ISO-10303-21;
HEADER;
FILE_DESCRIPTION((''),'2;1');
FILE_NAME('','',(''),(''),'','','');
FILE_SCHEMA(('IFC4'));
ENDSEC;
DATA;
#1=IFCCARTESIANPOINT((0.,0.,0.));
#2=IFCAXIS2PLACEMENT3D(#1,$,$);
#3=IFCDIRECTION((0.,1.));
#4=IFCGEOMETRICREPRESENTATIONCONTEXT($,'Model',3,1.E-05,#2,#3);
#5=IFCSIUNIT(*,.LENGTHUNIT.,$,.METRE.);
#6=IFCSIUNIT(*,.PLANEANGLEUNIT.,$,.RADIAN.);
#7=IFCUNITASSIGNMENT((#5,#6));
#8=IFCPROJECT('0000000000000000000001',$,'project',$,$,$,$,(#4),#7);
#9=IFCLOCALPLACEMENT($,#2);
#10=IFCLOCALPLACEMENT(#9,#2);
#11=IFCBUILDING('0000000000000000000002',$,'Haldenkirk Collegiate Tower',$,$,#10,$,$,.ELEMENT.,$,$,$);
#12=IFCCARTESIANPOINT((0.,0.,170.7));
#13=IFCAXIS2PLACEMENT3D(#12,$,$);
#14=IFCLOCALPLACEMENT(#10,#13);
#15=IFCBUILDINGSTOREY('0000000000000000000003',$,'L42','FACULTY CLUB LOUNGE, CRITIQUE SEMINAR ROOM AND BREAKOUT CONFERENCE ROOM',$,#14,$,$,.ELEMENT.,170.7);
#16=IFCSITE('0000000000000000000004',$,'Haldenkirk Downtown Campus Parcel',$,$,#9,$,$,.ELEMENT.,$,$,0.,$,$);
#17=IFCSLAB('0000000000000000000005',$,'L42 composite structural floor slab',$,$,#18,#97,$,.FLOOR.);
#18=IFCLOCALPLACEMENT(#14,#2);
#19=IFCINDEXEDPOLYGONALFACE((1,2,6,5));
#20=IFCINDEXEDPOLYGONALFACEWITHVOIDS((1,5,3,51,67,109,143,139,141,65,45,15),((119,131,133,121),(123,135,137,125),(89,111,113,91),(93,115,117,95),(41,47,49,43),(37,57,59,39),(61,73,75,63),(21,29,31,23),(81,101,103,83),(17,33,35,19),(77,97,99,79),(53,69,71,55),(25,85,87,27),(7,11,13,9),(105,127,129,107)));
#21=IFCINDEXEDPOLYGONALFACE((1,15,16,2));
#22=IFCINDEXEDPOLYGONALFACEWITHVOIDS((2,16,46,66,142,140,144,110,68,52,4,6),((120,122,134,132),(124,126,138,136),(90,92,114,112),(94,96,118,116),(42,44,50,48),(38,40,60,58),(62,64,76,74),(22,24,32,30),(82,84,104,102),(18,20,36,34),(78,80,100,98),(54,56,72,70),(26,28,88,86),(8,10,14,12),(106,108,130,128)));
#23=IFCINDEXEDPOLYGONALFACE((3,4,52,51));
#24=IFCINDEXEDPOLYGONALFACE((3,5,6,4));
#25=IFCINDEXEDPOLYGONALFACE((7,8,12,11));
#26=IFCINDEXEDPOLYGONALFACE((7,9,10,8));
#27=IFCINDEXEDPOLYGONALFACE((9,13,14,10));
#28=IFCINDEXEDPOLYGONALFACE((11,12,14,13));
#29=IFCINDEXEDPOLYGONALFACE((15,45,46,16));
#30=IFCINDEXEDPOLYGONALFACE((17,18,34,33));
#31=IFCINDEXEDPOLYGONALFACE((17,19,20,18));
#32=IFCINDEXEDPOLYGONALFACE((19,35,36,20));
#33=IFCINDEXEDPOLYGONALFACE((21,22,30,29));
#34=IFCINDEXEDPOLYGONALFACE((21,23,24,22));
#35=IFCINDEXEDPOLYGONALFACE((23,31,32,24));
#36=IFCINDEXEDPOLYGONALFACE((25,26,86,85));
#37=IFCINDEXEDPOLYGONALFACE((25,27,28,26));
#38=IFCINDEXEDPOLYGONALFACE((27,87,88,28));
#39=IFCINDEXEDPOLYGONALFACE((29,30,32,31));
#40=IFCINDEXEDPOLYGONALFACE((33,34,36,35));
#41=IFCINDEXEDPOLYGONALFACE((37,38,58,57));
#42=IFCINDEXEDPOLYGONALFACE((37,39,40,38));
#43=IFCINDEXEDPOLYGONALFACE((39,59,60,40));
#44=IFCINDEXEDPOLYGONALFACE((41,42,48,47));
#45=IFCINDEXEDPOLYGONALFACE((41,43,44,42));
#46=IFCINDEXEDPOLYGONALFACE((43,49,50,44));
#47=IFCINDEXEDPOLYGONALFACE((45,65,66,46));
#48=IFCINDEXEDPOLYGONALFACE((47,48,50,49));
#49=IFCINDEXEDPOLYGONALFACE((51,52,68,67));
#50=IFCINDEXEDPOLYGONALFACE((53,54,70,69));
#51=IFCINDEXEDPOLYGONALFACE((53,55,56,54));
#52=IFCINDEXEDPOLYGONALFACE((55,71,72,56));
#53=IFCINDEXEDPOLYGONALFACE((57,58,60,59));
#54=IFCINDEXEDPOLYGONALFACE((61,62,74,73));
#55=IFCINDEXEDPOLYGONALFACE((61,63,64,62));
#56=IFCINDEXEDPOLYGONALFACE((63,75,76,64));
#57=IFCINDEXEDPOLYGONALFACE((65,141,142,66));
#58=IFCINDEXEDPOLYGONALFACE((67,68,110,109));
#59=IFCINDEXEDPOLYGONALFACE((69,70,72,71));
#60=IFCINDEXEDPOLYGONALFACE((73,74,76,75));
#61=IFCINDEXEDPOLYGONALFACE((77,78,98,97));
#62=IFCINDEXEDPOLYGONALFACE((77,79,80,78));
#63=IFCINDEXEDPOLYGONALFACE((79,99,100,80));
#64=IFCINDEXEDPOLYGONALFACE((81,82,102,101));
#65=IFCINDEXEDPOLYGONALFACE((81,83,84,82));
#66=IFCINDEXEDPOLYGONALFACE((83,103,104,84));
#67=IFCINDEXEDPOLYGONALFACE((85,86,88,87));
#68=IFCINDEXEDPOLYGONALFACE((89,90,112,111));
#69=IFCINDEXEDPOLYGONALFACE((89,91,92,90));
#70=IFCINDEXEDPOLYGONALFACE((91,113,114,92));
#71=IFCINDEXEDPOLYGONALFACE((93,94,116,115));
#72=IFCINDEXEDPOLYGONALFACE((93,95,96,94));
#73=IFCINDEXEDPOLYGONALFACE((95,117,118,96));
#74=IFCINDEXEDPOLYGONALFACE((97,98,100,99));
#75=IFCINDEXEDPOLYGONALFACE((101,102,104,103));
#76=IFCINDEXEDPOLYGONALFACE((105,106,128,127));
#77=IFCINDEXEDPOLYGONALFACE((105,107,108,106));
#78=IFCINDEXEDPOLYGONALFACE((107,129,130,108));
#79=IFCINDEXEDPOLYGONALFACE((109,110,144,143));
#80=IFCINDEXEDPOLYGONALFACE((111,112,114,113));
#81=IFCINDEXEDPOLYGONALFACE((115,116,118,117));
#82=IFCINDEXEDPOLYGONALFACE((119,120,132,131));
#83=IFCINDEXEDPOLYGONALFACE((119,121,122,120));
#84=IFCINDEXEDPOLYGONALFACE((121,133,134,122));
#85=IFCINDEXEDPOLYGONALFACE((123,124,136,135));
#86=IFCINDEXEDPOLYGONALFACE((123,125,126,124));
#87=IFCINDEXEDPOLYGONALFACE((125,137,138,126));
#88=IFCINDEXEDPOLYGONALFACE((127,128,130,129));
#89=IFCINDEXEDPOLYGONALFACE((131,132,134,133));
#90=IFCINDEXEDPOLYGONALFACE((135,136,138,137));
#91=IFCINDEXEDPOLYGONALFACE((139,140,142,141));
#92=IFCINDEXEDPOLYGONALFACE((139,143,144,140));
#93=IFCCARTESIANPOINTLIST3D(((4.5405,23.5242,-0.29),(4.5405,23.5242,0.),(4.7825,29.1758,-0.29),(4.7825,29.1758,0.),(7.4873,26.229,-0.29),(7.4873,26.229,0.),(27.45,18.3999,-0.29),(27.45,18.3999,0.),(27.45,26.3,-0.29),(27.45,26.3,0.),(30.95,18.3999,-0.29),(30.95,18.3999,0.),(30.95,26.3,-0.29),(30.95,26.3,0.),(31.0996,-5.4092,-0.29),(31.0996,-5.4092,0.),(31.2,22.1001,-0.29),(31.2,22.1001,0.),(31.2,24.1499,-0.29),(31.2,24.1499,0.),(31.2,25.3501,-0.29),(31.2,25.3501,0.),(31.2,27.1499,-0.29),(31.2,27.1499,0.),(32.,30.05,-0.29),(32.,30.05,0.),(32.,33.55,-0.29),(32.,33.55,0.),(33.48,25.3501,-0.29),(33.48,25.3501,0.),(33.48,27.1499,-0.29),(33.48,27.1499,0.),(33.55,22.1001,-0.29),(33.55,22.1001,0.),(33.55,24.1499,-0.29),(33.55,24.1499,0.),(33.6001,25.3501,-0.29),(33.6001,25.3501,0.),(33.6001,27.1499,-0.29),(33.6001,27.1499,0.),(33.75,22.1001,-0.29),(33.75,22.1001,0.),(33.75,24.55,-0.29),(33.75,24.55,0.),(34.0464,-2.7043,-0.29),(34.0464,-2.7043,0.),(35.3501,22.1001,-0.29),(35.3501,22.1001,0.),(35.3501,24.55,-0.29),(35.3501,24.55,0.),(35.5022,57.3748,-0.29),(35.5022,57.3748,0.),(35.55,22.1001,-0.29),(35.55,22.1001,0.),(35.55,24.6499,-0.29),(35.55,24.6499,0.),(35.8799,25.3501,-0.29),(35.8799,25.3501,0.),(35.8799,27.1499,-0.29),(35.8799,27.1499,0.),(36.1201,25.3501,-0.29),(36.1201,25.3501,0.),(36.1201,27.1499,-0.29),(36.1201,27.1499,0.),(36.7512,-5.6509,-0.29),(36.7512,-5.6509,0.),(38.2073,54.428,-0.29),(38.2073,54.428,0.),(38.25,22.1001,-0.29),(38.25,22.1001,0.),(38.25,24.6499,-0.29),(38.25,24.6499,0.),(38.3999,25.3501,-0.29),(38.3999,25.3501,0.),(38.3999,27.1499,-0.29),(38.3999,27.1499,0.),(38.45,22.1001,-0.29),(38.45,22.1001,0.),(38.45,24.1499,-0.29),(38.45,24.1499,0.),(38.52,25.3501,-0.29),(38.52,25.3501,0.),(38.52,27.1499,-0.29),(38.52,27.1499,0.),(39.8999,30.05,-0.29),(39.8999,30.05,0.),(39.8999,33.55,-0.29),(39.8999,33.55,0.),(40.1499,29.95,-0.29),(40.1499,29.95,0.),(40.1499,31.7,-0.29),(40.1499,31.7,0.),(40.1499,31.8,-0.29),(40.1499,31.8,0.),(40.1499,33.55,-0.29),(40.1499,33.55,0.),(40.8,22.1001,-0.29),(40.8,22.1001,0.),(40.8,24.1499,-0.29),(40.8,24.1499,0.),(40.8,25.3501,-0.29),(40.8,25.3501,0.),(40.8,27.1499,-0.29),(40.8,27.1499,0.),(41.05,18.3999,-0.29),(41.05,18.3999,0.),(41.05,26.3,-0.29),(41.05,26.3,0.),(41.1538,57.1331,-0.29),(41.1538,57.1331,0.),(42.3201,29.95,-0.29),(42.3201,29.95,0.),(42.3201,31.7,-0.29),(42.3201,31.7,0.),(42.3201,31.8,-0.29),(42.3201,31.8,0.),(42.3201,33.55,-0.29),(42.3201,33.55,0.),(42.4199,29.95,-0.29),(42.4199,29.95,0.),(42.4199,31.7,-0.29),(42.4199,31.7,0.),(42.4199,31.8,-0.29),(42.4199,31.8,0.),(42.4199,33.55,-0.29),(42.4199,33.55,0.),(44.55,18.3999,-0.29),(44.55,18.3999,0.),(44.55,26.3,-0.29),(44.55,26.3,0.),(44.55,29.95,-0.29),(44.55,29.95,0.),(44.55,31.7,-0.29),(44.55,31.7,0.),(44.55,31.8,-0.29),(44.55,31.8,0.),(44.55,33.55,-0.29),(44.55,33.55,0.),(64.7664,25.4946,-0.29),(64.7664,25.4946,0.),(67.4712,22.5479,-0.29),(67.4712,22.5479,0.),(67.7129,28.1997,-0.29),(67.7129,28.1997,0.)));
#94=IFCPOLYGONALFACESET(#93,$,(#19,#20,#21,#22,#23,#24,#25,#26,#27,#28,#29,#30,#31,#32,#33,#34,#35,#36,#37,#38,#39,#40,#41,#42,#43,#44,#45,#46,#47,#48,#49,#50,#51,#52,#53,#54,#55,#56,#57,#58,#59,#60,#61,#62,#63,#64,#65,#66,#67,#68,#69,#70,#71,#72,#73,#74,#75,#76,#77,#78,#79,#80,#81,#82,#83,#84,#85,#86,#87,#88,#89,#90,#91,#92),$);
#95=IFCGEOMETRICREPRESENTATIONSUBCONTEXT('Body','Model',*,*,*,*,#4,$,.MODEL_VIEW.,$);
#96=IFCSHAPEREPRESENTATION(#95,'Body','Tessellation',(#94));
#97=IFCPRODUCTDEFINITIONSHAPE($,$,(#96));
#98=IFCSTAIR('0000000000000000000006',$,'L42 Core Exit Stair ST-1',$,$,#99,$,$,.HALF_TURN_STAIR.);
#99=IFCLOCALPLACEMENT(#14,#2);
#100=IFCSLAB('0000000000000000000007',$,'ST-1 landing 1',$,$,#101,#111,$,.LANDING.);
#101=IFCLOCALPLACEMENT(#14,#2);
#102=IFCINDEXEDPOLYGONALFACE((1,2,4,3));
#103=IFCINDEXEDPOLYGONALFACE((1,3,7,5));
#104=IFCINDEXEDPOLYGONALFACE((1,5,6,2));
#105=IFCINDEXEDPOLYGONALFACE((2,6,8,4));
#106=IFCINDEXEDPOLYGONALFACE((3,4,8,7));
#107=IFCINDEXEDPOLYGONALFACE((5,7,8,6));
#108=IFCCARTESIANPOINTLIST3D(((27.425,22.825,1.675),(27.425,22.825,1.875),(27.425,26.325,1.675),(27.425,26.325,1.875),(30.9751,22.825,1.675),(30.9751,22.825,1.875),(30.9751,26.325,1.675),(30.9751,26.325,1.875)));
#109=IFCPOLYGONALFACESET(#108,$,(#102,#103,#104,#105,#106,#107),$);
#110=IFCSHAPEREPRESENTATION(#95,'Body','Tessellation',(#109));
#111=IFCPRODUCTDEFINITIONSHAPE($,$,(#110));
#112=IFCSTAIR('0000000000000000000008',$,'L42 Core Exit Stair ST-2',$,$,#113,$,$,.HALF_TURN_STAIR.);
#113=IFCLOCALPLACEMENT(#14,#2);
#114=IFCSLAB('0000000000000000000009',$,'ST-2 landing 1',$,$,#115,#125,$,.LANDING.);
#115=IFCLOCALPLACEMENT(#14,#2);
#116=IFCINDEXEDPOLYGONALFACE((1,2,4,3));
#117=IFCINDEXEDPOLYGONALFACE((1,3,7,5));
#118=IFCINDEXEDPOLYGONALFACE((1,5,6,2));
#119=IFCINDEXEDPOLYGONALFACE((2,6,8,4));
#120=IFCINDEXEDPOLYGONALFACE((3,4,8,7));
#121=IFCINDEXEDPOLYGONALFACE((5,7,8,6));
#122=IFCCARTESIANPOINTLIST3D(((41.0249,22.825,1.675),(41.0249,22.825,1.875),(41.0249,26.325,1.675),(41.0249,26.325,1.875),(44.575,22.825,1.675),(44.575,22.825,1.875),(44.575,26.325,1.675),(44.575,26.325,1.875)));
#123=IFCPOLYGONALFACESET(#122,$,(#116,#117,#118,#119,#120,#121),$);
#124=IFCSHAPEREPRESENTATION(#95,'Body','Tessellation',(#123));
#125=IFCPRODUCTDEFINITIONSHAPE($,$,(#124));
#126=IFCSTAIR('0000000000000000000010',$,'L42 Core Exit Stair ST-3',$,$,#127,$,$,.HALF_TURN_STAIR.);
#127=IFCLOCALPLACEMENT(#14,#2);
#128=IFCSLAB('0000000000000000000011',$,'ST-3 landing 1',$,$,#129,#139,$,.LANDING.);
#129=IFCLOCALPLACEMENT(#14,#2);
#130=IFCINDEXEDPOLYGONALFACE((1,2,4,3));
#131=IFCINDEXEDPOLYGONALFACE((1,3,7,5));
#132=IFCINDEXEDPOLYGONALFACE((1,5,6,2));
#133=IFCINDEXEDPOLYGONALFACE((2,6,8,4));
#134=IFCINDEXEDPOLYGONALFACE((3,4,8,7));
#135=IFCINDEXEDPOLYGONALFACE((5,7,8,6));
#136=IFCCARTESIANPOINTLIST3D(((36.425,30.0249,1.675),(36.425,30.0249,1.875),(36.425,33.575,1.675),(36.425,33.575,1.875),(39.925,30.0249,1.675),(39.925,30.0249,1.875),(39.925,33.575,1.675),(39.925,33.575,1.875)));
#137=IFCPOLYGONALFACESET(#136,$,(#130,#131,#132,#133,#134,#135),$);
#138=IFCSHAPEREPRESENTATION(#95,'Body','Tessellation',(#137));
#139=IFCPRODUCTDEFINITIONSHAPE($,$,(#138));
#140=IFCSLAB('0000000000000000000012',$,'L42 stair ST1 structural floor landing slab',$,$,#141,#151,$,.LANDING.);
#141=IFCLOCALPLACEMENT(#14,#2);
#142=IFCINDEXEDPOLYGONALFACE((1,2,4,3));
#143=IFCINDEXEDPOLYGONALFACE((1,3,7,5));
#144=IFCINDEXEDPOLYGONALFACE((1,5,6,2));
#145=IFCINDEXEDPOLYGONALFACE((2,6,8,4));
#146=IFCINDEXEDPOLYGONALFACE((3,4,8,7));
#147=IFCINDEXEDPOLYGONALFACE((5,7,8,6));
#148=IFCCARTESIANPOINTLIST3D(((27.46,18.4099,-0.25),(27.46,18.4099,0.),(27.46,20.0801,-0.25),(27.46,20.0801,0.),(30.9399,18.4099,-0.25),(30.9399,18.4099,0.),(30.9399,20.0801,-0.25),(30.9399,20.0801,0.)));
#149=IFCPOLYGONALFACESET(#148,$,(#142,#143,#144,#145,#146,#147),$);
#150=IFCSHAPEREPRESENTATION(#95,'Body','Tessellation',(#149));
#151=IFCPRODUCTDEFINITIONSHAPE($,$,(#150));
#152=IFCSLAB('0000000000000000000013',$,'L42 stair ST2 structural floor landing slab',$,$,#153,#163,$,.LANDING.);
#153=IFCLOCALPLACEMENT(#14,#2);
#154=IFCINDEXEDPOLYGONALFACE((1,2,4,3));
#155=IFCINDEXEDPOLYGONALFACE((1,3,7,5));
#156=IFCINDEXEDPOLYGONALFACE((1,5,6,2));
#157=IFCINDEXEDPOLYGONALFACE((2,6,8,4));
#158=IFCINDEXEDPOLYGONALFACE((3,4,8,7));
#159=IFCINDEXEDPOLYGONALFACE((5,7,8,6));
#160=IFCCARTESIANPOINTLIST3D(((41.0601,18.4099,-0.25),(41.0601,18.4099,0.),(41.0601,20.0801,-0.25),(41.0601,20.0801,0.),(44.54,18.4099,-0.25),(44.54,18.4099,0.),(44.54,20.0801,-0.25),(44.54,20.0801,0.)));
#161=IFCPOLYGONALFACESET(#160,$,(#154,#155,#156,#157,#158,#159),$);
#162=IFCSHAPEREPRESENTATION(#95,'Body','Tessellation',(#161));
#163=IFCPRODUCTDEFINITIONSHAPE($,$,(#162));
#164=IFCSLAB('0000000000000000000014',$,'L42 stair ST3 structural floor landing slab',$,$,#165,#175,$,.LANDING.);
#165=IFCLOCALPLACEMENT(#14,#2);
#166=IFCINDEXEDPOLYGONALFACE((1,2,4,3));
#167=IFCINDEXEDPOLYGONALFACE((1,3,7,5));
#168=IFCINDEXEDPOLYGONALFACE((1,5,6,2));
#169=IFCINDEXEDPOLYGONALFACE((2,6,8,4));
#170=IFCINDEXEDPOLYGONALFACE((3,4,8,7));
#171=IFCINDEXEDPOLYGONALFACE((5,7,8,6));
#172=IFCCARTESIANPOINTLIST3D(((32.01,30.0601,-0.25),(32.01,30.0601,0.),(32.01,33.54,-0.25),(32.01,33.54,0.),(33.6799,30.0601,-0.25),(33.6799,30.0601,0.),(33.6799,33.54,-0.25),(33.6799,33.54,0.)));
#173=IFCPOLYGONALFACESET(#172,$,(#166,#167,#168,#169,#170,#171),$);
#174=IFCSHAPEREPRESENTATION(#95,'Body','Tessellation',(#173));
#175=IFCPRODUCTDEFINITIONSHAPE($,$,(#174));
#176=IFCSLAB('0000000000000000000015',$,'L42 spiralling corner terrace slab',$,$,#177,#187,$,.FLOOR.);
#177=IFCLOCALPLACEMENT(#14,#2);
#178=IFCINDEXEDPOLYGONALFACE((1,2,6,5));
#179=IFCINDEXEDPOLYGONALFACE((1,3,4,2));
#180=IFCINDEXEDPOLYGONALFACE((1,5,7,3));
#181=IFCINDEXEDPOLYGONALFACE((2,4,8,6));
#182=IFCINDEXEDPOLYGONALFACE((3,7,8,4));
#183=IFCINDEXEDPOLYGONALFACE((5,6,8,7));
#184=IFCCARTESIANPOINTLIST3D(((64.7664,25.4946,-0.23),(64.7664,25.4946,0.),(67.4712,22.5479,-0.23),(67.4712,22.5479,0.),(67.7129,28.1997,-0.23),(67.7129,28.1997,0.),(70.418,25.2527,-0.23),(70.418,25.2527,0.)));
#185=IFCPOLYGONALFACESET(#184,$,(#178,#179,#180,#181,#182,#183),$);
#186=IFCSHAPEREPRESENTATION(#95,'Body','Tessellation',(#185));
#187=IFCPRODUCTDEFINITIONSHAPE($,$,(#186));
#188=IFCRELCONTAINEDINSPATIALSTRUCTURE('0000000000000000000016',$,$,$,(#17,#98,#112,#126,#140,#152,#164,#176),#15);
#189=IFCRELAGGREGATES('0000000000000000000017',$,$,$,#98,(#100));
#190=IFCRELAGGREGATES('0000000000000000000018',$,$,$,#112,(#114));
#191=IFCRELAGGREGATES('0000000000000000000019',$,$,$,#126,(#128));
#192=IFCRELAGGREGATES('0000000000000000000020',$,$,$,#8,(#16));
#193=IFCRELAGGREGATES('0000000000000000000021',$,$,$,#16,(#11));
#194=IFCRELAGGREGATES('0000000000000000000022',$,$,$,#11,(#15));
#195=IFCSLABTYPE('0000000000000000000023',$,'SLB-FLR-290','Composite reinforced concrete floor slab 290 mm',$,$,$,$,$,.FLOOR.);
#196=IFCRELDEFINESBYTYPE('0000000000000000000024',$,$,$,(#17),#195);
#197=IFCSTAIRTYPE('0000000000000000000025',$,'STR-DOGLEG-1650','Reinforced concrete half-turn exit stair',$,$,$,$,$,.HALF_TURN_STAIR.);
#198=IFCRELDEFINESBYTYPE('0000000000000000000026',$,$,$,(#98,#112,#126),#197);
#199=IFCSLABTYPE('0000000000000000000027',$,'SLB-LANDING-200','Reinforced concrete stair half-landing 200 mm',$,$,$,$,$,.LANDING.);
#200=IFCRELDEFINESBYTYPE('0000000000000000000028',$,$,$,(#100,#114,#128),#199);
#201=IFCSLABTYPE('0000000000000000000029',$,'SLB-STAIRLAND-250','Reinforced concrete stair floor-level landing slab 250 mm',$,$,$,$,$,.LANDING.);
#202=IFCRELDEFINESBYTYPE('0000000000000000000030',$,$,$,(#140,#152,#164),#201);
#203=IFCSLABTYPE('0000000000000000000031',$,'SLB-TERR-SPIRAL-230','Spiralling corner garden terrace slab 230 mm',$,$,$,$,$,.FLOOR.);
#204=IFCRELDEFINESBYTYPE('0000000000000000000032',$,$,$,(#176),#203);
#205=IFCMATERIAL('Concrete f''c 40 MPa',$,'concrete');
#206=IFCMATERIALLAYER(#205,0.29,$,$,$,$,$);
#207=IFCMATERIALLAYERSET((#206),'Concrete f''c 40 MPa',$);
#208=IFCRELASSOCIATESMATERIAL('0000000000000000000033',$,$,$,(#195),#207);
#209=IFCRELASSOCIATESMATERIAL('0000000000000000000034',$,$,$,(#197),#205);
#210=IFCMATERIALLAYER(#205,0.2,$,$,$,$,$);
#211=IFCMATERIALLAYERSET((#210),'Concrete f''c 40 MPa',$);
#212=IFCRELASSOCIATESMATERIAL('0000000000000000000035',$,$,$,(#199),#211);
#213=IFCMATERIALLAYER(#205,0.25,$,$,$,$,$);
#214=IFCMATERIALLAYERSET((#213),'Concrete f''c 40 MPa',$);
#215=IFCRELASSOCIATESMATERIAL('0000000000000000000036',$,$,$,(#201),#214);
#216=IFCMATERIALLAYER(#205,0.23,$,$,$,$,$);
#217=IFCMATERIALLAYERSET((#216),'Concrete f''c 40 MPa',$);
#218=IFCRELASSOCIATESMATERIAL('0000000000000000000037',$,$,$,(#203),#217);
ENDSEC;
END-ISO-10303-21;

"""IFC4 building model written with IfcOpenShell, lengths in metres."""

from ifc_helpers import new_model, si_unit, direction, frame, origin, place, context, subcontext, project, spatial, polyline, outline, extrude, material, layer, layer_set, type_object, element, aggregate, save


model = new_model("IFC4")

# Units and contexts
model_context = context("Model", 3, precision=1e-05, world=origin(), true_north=direction((0.0, 1.0)))
body_context = subcontext(model_context, "Body", "Model", "MODEL_VIEW")
ifc_project = project(units=[si_unit("LENGTHUNIT", "METRE"), si_unit("PLANEANGLEUNIT", "RADIAN")], contexts=[model_context])

# Site, building, storey
site_placement = place(None, origin())
site = spatial("IfcSite", under=ifc_project, at=site_placement, Name="Haldenkirk Downtown Campus Parcel", CompositionType="ELEMENT", RefElevation=0.0)
building_placement = place(site_placement, origin())
building = spatial("IfcBuilding", under=site, at=building_placement, Name="Haldenkirk Collegiate Tower", CompositionType="ELEMENT")
storey_placement = place(building_placement, frame((0.0, 0.0, 170.7)))
storey = spatial("IfcBuildingStorey", under=building, at=storey_placement, Name="L42", Description="FACULTY CLUB LOUNGE, CRITIQUE SEMINAR ROOM AND BREAKOUT CONFERENCE ROOM", CompositionType="ELEMENT", Elevation=170.7)

# Slab
ifc_material_1 = material(Name="Concrete f'c 40 MPa", Category="concrete")
ifc_layer_1 = layer(ifc_material_1, 0.29)
ifc_layer_set_1 = layer_set([ifc_layer_1], Name="Concrete f'c 40 MPa")
slab_type_1 = type_object("IfcSlabType", Name="SLB-FLR-290", Description="Composite reinforced concrete floor slab 290 mm", PredefinedType="FLOOR", material=ifc_layer_set_1)
slab_1_placement = place(storey_placement, frame((0.0, 0.0, -0.29)))
element("IfcSlab", 1, at=slab_1_placement, inside=storey, type_object=slab_type_1, Name="L42 composite structural floor slab", PredefinedType="FLOOR", context=body_context, shape_type="SweptSolid", body=[
    extrude(outline(polyline([(36.7512, -5.6509), (67.4712, 22.5479), (64.7664, 25.4946), (67.7129, 28.1997), (41.1538, 57.1331), (38.2073, 54.428), (35.5022, 57.3748), (4.7825, 29.1758), (7.4873, 26.229), (4.5405, 23.5242), (31.0996, -5.4092), (34.0464, -2.7043), (36.7512, -5.6509)]), holes=[polyline([(27.45, 18.3999), (30.95, 18.3999), (30.95, 26.3), (27.45, 26.3), (27.45, 18.3999)]), polyline([(41.05, 18.3999), (44.55, 18.3999), (44.55, 26.3), (41.05, 26.3), (41.05, 18.3999)]), polyline([(32.0, 30.05), (39.8999, 30.05), (39.8999, 33.55), (32.0, 33.55), (32.0, 30.05)]), polyline([(33.75, 22.1001), (35.3501, 22.1001), (35.3501, 24.55), (33.75, 24.55), (33.75, 22.1001)]), polyline([(40.1499, 29.95), (42.3201, 29.95), (42.3201, 31.7), (40.1499, 31.7), (40.1499, 29.95)]), polyline([(42.4199, 29.95), (44.55, 29.95), (44.55, 31.7), (42.4199, 31.7), (42.4199, 29.95)]), polyline([(40.1499, 31.8), (42.3201, 31.8), (42.3201, 33.55), (40.1499, 33.55), (40.1499, 31.8)]), polyline([(42.4199, 31.8), (44.55, 31.8), (44.55, 33.55), (42.4199, 33.55), (42.4199, 31.8)]), polyline([(31.2, 25.3501), (33.48, 25.3501), (33.48, 27.1499), (31.2, 27.1499), (31.2, 25.3501)]), polyline([(33.6001, 25.3501), (35.8799, 25.3501), (35.8799, 27.1499), (33.6001, 27.1499), (33.6001, 25.3501)]), polyline([(36.1201, 25.3501), (38.3999, 25.3501), (38.3999, 27.1499), (36.1201, 27.1499), (36.1201, 25.3501)]), polyline([(38.52, 25.3501), (40.8, 25.3501), (40.8, 27.1499), (38.52, 27.1499), (38.52, 25.3501)]), polyline([(31.2, 22.1001), (33.55, 22.1001), (33.55, 24.1499), (31.2, 24.1499), (31.2, 22.1001)]), polyline([(38.45, 22.1001), (40.8, 22.1001), (40.8, 24.1499), (38.45, 24.1499), (38.45, 22.1001)]), polyline([(35.55, 22.1001), (38.25, 22.1001), (38.25, 24.6499), (35.55, 24.6499), (35.55, 22.1001)])]), origin(), (0.0, 0.0, 1.0), 0.29),
])

# Stairs, slabs
stair_type = type_object("IfcStairType", Name="STR-DOGLEG-1650", Description="Reinforced concrete half-turn exit stair", PredefinedType="HALF_TURN_STAIR", material=ifc_material_1)
stair_1_placement = place(storey_placement, origin())
stair_1 = element("IfcStair", 2, at=stair_1_placement, inside=storey, type_object=stair_type, Name="L42 Core Exit Stair ST-1", PredefinedType="HALF_TURN_STAIR")
ifc_layer_2 = layer(ifc_material_1, 0.2)
ifc_layer_set_2 = layer_set([ifc_layer_2], Name="Concrete f'c 40 MPa")
slab_type_2 = type_object("IfcSlabType", Name="SLB-LANDING-200", Description="Reinforced concrete stair half-landing 200 mm", PredefinedType="LANDING", material=ifc_layer_set_2)
slab_2_placement = place(storey_placement, frame((0.0, 0.0, 1.675)))
slab_2 = element("IfcSlab", 3, at=slab_2_placement, type_object=slab_type_2, Name="ST-1 landing 1", PredefinedType="LANDING", context=body_context, shape_type="SweptSolid", body=[
    extrude(outline(polyline([(30.9751, 22.825), (27.425, 22.825), (27.425, 26.325), (30.9751, 26.325), (30.9751, 22.825)])), origin(), (0.0, 0.0, 1.0), 0.2),
])
aggregate(stair_1, [slab_2])
stair_2_placement = place(storey_placement, origin())
stair_2 = element("IfcStair", 4, at=stair_2_placement, inside=storey, type_object=stair_type, Name="L42 Core Exit Stair ST-2", PredefinedType="HALF_TURN_STAIR")
slab_3_placement = place(storey_placement, frame((0.0, 0.0, 1.675)))
slab_3 = element("IfcSlab", 5, at=slab_3_placement, type_object=slab_type_2, Name="ST-2 landing 1", PredefinedType="LANDING", context=body_context, shape_type="SweptSolid", body=[
    extrude(outline(polyline([(44.575, 22.825), (41.0249, 22.825), (41.0249, 26.325), (44.575, 26.325), (44.575, 22.825)])), origin(), (0.0, 0.0, 1.0), 0.2),
])
aggregate(stair_2, [slab_3])
stair_3_placement = place(storey_placement, origin())
stair_3 = element("IfcStair", 6, at=stair_3_placement, inside=storey, type_object=stair_type, Name="L42 Core Exit Stair ST-3", PredefinedType="HALF_TURN_STAIR")
slab_4_placement = place(storey_placement, frame((0.0, 0.0, 1.675)))
slab_4 = element("IfcSlab", 7, at=slab_4_placement, type_object=slab_type_2, Name="ST-3 landing 1", PredefinedType="LANDING", context=body_context, shape_type="SweptSolid", body=[
    extrude(outline(polyline([(36.425, 30.0249), (36.425, 33.575), (39.925, 33.575), (39.925, 30.0249), (36.425, 30.0249)])), origin(), (0.0, 0.0, 1.0), 0.2),
])
aggregate(stair_3, [slab_4])

# Slabs
ifc_layer_3 = layer(ifc_material_1, 0.25)
ifc_layer_set_3 = layer_set([ifc_layer_3], Name="Concrete f'c 40 MPa")
slab_type_3 = type_object("IfcSlabType", Name="SLB-STAIRLAND-250", Description="Reinforced concrete stair floor-level landing slab 250 mm", PredefinedType="LANDING", material=ifc_layer_set_3)
slab_5_placement = place(storey_placement, frame((0.0, 0.0, -0.25)))
element("IfcSlab", 8, at=slab_5_placement, inside=storey, type_object=slab_type_3, Name="L42 stair ST1 structural floor landing slab", PredefinedType="LANDING", context=body_context, shape_type="SweptSolid", body=[
    extrude(outline(polyline([(27.46, 18.4099), (30.9399, 18.4099), (30.9399, 20.0801), (27.46, 20.0801), (27.46, 18.4099)])), origin(), (0.0, 0.0, 1.0), 0.25),
])
slab_6_placement = place(storey_placement, frame((0.0, 0.0, -0.25)))
element("IfcSlab", 9, at=slab_6_placement, inside=storey, type_object=slab_type_3, Name="L42 stair ST2 structural floor landing slab", PredefinedType="LANDING", context=body_context, shape_type="SweptSolid", body=[
    extrude(outline(polyline([(41.0601, 18.4099), (44.54, 18.4099), (44.54, 20.0801), (41.0601, 20.0801), (41.0601, 18.4099)])), origin(), (0.0, 0.0, 1.0), 0.25),
])
slab_7_placement = place(storey_placement, frame((0.0, 0.0, -0.25)))
element("IfcSlab", 10, at=slab_7_placement, inside=storey, type_object=slab_type_3, Name="L42 stair ST3 structural floor landing slab", PredefinedType="LANDING", context=body_context, shape_type="SweptSolid", body=[
    extrude(outline(polyline([(32.01, 30.0601), (33.6799, 30.0601), (33.6799, 33.54), (32.01, 33.54), (32.01, 30.0601)])), origin(), (0.0, 0.0, 1.0), 0.25),
])
ifc_layer_4 = layer(ifc_material_1, 0.23)
ifc_layer_set_4 = layer_set([ifc_layer_4], Name="Concrete f'c 40 MPa")
slab_type_4 = type_object("IfcSlabType", Name="SLB-TERR-SPIRAL-230", Description="Spiralling corner garden terrace slab 230 mm", PredefinedType="FLOOR", material=ifc_layer_set_4)
slab_8_placement = place(storey_placement, frame((0.0, 0.0, -0.23)))
element("IfcSlab", 11, at=slab_8_placement, inside=storey, type_object=slab_type_4, Name="L42 spiralling corner terrace slab", PredefinedType="FLOOR", context=body_context, shape_type="SweptSolid", body=[
    extrude(outline(polyline([(67.4712, 22.5479), (70.418, 25.2527), (67.7129, 28.1997), (64.7664, 25.4946), (67.4712, 22.5479)])), origin(), (0.0, 0.0, 1.0), 0.23),
])

save(model, "model.ifc")
